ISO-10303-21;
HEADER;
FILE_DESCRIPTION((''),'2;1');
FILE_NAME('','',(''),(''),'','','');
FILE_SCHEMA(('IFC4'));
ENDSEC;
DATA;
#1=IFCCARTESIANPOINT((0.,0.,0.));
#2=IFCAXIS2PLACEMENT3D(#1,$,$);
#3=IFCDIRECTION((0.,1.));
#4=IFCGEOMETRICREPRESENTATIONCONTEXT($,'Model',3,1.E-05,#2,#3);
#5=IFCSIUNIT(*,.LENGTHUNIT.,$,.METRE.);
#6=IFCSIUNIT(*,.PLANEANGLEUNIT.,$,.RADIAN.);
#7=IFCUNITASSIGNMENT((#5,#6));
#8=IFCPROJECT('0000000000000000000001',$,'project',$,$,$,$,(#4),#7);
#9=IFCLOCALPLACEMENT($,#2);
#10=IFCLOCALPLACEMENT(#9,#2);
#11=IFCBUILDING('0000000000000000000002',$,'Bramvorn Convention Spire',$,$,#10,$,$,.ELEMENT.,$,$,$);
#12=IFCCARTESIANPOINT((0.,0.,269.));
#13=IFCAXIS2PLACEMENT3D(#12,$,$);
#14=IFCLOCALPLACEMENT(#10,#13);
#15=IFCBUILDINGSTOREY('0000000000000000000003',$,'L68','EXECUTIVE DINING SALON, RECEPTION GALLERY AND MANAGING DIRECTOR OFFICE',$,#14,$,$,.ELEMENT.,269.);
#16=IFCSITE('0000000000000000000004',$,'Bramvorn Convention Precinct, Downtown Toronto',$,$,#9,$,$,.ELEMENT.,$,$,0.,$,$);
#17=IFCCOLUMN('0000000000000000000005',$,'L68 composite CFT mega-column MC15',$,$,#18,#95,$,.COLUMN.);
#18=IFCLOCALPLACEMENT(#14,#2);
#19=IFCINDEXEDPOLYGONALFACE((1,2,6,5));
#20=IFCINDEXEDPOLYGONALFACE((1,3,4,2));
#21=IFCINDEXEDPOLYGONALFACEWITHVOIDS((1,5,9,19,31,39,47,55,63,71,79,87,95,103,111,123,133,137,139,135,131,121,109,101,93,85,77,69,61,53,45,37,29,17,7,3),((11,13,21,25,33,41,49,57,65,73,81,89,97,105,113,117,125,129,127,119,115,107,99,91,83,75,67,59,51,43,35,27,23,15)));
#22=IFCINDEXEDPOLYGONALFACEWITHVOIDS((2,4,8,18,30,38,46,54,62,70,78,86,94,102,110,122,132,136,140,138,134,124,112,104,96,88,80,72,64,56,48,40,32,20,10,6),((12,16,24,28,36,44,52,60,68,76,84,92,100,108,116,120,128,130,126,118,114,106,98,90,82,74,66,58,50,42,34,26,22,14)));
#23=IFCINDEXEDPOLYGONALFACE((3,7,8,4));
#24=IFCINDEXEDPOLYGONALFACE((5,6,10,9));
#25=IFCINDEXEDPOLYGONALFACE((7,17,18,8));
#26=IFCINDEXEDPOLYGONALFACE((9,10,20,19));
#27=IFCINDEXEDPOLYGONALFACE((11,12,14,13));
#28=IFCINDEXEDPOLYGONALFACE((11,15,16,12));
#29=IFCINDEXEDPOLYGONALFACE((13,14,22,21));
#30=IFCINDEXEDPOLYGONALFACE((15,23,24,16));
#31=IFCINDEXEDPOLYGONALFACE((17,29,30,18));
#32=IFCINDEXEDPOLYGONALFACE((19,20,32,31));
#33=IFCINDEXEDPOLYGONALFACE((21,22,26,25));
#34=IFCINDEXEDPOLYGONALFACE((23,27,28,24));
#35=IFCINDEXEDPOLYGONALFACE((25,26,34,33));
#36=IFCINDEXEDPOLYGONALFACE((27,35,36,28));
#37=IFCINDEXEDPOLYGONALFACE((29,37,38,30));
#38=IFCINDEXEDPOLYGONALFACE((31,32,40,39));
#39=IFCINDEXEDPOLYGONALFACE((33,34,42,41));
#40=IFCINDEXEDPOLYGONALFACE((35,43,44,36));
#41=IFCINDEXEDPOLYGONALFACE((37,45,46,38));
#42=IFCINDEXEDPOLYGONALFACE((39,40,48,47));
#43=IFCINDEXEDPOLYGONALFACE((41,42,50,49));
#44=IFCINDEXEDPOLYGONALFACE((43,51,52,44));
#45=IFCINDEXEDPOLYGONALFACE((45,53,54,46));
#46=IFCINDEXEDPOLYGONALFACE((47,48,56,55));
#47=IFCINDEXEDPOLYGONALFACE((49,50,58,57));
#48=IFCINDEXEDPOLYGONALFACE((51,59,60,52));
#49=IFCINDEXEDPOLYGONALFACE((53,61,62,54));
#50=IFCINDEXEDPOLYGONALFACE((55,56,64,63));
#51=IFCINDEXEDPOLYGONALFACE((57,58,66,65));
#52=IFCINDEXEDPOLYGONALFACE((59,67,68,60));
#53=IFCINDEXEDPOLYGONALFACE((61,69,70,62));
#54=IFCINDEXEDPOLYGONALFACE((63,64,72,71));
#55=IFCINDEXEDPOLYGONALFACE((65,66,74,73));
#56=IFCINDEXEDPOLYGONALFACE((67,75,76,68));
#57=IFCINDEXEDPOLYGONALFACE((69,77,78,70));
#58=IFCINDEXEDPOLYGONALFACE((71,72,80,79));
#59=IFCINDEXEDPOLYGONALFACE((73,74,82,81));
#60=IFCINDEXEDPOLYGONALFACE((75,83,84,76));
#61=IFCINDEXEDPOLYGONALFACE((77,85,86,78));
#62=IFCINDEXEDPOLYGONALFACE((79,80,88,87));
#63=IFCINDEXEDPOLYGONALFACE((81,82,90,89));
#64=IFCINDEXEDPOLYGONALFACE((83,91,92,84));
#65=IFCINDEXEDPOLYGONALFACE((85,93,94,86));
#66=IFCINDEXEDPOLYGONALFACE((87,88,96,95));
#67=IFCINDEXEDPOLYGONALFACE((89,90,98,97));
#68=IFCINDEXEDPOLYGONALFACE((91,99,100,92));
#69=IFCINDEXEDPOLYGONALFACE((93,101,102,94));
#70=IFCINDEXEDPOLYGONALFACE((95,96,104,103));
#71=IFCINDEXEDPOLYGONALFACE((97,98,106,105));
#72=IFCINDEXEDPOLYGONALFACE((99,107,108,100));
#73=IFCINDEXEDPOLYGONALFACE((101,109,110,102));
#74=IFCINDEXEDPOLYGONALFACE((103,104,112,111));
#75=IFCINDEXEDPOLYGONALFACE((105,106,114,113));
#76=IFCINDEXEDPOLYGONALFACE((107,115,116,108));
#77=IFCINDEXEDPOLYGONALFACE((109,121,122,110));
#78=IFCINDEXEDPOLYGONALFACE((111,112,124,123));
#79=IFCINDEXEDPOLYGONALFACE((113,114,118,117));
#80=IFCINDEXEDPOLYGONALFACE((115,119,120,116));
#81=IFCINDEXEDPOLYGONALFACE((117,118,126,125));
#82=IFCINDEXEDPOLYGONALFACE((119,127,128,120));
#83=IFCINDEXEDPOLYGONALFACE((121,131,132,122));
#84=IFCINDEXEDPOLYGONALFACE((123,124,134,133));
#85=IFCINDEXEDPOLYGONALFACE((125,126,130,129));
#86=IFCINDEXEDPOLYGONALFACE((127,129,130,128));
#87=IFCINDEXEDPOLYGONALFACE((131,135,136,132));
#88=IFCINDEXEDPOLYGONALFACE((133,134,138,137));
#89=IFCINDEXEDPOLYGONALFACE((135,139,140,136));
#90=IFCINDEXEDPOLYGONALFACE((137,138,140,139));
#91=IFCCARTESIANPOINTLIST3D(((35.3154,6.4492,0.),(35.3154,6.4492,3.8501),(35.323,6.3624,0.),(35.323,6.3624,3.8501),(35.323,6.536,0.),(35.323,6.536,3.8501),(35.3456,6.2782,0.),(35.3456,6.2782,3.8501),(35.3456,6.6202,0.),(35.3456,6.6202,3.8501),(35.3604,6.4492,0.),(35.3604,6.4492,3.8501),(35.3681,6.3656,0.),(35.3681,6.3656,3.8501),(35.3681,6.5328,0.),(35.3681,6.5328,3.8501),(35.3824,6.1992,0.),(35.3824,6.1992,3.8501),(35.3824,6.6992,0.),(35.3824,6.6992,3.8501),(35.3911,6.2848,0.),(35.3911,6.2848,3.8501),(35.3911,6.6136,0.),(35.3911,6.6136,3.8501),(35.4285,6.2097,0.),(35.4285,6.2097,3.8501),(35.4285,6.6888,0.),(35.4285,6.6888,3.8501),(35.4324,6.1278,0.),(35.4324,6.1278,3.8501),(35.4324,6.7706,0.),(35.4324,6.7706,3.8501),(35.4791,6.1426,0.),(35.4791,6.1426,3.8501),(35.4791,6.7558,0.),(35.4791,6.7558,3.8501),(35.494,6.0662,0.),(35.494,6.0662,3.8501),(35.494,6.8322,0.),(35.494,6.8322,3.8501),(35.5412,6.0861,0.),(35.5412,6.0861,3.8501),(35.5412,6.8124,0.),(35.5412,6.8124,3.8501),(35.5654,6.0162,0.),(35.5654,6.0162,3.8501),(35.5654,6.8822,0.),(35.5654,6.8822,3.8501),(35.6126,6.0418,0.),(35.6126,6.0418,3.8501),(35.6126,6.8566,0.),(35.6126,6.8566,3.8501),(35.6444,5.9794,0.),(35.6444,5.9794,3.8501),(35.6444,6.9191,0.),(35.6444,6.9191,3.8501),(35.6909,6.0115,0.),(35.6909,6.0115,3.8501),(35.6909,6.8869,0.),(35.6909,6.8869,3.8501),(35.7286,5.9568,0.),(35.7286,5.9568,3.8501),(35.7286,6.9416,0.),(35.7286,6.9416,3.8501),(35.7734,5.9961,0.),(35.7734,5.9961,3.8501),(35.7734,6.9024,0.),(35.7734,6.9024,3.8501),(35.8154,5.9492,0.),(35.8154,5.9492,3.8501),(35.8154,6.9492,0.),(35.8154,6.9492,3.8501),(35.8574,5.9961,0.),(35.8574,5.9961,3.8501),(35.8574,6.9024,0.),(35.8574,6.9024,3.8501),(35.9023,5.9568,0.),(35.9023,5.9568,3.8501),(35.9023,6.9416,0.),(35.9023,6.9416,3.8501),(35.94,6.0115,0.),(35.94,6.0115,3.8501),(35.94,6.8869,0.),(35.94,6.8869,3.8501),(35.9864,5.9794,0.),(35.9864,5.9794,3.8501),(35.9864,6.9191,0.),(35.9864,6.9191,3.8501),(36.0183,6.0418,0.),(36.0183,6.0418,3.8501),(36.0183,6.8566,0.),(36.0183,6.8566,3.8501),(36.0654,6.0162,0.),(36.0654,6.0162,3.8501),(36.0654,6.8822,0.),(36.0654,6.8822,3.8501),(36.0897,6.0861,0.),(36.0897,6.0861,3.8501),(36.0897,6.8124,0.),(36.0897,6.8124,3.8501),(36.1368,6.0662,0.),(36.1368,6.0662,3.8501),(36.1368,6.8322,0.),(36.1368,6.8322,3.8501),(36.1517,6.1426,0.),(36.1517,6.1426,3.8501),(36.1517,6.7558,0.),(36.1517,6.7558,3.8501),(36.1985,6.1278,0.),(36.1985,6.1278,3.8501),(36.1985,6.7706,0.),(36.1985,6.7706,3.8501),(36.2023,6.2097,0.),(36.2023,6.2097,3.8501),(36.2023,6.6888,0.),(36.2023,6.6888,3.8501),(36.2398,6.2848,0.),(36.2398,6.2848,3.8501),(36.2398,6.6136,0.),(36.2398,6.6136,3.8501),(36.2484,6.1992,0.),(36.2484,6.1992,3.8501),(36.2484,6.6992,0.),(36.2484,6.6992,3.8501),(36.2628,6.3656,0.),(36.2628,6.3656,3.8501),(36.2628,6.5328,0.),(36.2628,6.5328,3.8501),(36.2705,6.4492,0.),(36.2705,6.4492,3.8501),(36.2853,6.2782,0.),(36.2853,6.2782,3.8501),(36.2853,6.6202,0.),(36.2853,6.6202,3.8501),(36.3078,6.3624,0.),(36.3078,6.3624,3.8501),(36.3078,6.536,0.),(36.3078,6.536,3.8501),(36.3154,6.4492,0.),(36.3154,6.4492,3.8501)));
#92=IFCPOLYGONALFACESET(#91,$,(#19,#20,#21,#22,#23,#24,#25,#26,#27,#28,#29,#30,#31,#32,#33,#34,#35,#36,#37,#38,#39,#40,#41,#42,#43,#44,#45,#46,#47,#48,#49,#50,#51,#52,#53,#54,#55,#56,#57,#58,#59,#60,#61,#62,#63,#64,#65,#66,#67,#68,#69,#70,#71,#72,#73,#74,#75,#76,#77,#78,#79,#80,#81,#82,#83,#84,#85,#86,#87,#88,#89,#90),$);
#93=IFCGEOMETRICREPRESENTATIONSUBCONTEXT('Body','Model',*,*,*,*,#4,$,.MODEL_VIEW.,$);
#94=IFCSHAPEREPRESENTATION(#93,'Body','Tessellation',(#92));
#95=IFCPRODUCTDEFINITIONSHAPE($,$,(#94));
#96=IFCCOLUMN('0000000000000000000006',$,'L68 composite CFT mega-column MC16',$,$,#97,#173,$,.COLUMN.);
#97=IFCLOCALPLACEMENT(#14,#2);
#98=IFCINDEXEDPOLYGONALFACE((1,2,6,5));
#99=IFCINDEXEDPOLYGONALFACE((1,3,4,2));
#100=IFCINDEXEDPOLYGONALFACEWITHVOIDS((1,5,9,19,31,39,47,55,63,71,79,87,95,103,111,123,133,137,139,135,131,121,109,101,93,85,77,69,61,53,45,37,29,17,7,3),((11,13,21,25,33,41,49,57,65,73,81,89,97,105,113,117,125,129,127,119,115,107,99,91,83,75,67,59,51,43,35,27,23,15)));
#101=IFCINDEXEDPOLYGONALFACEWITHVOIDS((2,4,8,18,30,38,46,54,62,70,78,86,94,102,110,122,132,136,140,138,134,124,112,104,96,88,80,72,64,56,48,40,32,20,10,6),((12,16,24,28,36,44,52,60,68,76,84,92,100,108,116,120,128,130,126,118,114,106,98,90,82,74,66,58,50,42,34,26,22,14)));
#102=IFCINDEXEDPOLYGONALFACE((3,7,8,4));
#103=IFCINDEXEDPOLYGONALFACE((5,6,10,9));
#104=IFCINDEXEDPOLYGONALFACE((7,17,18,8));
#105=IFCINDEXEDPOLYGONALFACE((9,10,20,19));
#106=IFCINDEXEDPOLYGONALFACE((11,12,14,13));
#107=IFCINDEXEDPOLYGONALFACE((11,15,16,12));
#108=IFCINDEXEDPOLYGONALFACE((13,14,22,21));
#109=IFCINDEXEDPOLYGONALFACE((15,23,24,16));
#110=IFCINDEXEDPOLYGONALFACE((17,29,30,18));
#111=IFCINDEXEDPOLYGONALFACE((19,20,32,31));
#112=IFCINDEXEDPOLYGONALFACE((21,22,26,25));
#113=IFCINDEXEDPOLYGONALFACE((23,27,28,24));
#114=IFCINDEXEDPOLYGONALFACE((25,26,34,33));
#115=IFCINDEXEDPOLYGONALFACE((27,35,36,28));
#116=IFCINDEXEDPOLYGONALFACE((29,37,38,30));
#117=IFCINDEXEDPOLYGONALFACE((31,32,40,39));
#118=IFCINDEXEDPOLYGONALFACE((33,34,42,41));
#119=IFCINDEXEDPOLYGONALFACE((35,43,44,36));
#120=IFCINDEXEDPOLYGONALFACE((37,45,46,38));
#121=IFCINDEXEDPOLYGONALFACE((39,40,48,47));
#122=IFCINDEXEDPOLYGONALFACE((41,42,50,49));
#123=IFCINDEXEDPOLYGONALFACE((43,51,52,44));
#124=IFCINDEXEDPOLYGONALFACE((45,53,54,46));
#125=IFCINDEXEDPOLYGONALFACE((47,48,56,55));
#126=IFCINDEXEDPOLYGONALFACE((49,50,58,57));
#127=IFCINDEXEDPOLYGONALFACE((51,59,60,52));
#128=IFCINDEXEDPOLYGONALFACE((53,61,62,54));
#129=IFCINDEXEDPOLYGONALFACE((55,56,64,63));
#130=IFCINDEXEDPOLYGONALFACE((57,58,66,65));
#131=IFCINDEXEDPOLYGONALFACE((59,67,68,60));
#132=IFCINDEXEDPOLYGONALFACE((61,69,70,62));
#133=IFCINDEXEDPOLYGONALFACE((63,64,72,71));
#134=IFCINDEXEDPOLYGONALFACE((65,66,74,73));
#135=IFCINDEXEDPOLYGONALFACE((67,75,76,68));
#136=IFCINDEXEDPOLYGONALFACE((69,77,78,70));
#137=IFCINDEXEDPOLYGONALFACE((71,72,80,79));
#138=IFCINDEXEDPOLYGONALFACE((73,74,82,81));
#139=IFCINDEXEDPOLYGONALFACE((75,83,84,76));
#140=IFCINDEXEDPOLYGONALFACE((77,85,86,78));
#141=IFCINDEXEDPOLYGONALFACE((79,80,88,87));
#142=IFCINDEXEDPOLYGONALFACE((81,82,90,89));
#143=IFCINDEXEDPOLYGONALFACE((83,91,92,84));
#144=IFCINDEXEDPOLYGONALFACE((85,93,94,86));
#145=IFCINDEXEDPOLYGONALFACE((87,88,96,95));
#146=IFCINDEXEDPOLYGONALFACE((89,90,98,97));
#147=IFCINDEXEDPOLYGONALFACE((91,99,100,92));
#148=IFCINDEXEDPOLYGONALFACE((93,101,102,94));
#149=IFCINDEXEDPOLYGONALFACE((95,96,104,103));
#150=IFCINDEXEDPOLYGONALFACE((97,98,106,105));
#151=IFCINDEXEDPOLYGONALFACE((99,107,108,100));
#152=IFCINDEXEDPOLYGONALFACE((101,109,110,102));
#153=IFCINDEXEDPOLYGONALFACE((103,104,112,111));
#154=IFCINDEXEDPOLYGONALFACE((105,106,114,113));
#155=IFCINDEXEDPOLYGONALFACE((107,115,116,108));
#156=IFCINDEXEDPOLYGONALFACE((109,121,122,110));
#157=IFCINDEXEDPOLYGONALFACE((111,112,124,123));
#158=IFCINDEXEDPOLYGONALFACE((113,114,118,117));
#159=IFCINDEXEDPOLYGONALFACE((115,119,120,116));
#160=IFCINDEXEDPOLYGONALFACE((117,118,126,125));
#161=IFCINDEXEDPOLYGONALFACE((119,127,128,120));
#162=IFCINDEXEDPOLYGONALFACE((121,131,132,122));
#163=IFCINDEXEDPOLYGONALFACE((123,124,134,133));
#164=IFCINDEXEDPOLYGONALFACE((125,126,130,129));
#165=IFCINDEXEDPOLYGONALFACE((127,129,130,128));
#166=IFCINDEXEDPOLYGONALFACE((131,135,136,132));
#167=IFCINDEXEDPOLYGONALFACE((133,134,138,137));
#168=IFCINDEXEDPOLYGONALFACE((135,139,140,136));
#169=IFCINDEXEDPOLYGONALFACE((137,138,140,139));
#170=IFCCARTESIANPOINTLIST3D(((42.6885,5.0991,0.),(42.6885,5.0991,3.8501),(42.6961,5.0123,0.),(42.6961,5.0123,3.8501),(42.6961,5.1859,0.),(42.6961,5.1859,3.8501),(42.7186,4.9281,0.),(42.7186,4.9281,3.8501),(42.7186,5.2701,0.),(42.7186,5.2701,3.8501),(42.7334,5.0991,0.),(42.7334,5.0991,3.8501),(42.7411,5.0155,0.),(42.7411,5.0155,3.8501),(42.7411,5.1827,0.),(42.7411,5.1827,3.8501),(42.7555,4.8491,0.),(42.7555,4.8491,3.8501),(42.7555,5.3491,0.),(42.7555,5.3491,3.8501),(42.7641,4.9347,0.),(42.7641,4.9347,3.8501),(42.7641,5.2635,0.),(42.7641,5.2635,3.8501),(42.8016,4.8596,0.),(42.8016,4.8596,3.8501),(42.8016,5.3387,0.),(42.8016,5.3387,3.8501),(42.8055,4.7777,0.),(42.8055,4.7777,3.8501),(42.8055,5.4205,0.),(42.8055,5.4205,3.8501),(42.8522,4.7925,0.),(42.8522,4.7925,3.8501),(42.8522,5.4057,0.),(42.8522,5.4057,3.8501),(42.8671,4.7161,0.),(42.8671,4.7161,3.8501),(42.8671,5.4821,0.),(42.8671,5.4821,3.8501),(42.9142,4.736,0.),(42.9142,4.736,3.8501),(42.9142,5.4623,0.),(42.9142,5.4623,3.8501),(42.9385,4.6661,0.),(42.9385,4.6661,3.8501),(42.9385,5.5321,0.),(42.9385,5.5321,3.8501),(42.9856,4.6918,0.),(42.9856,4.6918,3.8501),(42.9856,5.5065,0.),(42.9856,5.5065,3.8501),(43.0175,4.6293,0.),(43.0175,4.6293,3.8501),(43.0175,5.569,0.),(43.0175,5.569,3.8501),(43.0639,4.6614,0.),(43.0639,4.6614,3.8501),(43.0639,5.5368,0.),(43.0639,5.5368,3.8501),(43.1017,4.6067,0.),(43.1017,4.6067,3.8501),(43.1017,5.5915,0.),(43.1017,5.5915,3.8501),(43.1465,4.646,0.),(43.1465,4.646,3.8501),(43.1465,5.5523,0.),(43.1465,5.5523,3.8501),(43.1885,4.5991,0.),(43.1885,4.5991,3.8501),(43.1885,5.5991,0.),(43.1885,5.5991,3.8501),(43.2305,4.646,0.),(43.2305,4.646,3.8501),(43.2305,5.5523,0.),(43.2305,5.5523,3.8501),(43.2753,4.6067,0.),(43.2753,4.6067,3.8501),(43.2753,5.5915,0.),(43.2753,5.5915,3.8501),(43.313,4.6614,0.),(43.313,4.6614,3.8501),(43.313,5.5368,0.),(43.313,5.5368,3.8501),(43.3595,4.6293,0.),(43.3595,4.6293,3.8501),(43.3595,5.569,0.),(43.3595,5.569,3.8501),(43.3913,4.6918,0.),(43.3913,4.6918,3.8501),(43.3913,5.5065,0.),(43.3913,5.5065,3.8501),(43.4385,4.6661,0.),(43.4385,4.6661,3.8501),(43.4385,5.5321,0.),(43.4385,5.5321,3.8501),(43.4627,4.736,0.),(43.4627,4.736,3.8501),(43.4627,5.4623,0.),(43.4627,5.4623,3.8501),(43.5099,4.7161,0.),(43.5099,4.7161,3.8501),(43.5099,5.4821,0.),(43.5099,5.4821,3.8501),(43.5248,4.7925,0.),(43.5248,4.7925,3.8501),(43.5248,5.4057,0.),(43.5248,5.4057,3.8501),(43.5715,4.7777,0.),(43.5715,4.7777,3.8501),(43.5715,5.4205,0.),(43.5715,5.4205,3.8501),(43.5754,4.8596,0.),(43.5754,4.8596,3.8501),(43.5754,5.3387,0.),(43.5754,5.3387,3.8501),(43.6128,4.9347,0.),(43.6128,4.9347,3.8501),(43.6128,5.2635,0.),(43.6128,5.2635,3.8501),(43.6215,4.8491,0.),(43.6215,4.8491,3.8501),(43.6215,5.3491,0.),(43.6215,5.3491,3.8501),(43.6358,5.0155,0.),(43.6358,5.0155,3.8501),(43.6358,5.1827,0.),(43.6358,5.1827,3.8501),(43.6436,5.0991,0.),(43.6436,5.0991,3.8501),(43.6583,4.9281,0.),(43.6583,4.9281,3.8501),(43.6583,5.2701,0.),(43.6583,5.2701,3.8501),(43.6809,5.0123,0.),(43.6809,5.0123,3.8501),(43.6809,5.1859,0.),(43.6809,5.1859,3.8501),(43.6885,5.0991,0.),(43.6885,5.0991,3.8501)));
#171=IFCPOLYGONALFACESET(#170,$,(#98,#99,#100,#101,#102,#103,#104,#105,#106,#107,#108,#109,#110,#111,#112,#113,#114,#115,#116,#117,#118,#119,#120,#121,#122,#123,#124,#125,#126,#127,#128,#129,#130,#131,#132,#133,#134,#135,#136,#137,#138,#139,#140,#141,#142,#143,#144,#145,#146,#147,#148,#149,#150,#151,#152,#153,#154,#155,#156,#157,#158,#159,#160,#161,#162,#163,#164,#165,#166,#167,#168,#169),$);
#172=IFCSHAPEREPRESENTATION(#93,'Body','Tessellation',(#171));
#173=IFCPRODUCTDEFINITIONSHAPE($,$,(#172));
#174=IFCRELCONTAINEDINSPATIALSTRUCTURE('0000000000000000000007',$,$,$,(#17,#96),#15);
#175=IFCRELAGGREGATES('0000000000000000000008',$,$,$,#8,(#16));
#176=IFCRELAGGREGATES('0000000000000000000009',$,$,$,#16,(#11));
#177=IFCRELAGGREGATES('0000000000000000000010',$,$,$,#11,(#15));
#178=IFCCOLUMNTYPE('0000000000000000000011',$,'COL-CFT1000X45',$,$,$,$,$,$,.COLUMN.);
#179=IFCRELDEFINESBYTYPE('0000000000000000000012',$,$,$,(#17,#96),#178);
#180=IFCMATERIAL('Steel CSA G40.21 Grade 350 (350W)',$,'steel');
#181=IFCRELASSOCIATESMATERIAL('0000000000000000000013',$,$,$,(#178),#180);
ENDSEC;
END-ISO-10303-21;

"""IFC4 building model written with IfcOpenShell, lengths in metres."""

from ifc_helpers import new_model, si_unit, direction, frame, origin, origin_2d, place, context, subcontext, project, spatial, hollow_circle, extrude, material, material_profile, profile_set, type_object, element, save


model = new_model("IFC4")

# Units and contexts
model_context = context("Model", 3, precision=1e-05, world=origin(), true_north=direction((0.0, 1.0)))
body_context = subcontext(model_context, "Body", "Model", "MODEL_VIEW")
ifc_project = project(units=[si_unit("LENGTHUNIT", "METRE"), si_unit("PLANEANGLEUNIT", "RADIAN")], contexts=[model_context])

# Site, building, storey
site_placement = place(None, origin())
site = spatial("IfcSite", under=ifc_project, at=site_placement, Name="Bramvorn Convention Precinct, Downtown Toronto", CompositionType="ELEMENT", RefElevation=0.0)
building_placement = place(site_placement, origin())
building = spatial("IfcBuilding", under=site, at=building_placement, Name="Bramvorn Convention Spire", CompositionType="ELEMENT")
storey_placement = place(building_placement, frame((0.0, 0.0, 269.0)))
storey = spatial("IfcBuildingStorey", under=building, at=storey_placement, Name="L68", Description="EXECUTIVE DINING SALON, RECEPTION GALLERY AND MANAGING DIRECTOR OFFICE", CompositionType="ELEMENT", Elevation=269.0)

# Columns
ifc_material_1 = material(Name="Steel CSA G40.21 Grade 350 (350W)", Category="steel")
ifc_material_profile_1 = material_profile(ifc_material_1, hollow_circle(Radius=0.5, WallThickness=0.0449, at=origin_2d()))
ifc_profile_set_1 = profile_set([ifc_material_profile_1], Name="Steel CSA G40.21 Grade 350 (350W) - CFT1000X45")
column_type = type_object("IfcColumnType", Name="COL-CFT1000X45", PredefinedType="COLUMN", material=ifc_profile_set_1)
for number, where, z_axis, x_axis, name in (
    (1, (35.8154, 6.4492, 0.0), (0.0, 0.0, 1.0), (1.0, 0.0, 0.0), "L68 composite CFT mega-column MC15"),
    (2, (43.1885, 5.0991, 0.0), (0.0, 0.0, 1.0), (1.0, 0.0, 0.0), "L68 composite CFT mega-column MC16"),
):
    element("IfcColumn", number, at=place(storey_placement, frame(where, z_axis=z_axis, x_axis=x_axis)), inside=storey, type_object=column_type, Name=name, PredefinedType="COLUMN", context=body_context, shape_type="SweptSolid", body=[
        extrude(hollow_circle(Radius=0.5, WallThickness=0.0449, at=origin_2d()), origin(), (0.0, 0.0, 1.0), 3.8501),
    ])

save(model, "model.ifc")
